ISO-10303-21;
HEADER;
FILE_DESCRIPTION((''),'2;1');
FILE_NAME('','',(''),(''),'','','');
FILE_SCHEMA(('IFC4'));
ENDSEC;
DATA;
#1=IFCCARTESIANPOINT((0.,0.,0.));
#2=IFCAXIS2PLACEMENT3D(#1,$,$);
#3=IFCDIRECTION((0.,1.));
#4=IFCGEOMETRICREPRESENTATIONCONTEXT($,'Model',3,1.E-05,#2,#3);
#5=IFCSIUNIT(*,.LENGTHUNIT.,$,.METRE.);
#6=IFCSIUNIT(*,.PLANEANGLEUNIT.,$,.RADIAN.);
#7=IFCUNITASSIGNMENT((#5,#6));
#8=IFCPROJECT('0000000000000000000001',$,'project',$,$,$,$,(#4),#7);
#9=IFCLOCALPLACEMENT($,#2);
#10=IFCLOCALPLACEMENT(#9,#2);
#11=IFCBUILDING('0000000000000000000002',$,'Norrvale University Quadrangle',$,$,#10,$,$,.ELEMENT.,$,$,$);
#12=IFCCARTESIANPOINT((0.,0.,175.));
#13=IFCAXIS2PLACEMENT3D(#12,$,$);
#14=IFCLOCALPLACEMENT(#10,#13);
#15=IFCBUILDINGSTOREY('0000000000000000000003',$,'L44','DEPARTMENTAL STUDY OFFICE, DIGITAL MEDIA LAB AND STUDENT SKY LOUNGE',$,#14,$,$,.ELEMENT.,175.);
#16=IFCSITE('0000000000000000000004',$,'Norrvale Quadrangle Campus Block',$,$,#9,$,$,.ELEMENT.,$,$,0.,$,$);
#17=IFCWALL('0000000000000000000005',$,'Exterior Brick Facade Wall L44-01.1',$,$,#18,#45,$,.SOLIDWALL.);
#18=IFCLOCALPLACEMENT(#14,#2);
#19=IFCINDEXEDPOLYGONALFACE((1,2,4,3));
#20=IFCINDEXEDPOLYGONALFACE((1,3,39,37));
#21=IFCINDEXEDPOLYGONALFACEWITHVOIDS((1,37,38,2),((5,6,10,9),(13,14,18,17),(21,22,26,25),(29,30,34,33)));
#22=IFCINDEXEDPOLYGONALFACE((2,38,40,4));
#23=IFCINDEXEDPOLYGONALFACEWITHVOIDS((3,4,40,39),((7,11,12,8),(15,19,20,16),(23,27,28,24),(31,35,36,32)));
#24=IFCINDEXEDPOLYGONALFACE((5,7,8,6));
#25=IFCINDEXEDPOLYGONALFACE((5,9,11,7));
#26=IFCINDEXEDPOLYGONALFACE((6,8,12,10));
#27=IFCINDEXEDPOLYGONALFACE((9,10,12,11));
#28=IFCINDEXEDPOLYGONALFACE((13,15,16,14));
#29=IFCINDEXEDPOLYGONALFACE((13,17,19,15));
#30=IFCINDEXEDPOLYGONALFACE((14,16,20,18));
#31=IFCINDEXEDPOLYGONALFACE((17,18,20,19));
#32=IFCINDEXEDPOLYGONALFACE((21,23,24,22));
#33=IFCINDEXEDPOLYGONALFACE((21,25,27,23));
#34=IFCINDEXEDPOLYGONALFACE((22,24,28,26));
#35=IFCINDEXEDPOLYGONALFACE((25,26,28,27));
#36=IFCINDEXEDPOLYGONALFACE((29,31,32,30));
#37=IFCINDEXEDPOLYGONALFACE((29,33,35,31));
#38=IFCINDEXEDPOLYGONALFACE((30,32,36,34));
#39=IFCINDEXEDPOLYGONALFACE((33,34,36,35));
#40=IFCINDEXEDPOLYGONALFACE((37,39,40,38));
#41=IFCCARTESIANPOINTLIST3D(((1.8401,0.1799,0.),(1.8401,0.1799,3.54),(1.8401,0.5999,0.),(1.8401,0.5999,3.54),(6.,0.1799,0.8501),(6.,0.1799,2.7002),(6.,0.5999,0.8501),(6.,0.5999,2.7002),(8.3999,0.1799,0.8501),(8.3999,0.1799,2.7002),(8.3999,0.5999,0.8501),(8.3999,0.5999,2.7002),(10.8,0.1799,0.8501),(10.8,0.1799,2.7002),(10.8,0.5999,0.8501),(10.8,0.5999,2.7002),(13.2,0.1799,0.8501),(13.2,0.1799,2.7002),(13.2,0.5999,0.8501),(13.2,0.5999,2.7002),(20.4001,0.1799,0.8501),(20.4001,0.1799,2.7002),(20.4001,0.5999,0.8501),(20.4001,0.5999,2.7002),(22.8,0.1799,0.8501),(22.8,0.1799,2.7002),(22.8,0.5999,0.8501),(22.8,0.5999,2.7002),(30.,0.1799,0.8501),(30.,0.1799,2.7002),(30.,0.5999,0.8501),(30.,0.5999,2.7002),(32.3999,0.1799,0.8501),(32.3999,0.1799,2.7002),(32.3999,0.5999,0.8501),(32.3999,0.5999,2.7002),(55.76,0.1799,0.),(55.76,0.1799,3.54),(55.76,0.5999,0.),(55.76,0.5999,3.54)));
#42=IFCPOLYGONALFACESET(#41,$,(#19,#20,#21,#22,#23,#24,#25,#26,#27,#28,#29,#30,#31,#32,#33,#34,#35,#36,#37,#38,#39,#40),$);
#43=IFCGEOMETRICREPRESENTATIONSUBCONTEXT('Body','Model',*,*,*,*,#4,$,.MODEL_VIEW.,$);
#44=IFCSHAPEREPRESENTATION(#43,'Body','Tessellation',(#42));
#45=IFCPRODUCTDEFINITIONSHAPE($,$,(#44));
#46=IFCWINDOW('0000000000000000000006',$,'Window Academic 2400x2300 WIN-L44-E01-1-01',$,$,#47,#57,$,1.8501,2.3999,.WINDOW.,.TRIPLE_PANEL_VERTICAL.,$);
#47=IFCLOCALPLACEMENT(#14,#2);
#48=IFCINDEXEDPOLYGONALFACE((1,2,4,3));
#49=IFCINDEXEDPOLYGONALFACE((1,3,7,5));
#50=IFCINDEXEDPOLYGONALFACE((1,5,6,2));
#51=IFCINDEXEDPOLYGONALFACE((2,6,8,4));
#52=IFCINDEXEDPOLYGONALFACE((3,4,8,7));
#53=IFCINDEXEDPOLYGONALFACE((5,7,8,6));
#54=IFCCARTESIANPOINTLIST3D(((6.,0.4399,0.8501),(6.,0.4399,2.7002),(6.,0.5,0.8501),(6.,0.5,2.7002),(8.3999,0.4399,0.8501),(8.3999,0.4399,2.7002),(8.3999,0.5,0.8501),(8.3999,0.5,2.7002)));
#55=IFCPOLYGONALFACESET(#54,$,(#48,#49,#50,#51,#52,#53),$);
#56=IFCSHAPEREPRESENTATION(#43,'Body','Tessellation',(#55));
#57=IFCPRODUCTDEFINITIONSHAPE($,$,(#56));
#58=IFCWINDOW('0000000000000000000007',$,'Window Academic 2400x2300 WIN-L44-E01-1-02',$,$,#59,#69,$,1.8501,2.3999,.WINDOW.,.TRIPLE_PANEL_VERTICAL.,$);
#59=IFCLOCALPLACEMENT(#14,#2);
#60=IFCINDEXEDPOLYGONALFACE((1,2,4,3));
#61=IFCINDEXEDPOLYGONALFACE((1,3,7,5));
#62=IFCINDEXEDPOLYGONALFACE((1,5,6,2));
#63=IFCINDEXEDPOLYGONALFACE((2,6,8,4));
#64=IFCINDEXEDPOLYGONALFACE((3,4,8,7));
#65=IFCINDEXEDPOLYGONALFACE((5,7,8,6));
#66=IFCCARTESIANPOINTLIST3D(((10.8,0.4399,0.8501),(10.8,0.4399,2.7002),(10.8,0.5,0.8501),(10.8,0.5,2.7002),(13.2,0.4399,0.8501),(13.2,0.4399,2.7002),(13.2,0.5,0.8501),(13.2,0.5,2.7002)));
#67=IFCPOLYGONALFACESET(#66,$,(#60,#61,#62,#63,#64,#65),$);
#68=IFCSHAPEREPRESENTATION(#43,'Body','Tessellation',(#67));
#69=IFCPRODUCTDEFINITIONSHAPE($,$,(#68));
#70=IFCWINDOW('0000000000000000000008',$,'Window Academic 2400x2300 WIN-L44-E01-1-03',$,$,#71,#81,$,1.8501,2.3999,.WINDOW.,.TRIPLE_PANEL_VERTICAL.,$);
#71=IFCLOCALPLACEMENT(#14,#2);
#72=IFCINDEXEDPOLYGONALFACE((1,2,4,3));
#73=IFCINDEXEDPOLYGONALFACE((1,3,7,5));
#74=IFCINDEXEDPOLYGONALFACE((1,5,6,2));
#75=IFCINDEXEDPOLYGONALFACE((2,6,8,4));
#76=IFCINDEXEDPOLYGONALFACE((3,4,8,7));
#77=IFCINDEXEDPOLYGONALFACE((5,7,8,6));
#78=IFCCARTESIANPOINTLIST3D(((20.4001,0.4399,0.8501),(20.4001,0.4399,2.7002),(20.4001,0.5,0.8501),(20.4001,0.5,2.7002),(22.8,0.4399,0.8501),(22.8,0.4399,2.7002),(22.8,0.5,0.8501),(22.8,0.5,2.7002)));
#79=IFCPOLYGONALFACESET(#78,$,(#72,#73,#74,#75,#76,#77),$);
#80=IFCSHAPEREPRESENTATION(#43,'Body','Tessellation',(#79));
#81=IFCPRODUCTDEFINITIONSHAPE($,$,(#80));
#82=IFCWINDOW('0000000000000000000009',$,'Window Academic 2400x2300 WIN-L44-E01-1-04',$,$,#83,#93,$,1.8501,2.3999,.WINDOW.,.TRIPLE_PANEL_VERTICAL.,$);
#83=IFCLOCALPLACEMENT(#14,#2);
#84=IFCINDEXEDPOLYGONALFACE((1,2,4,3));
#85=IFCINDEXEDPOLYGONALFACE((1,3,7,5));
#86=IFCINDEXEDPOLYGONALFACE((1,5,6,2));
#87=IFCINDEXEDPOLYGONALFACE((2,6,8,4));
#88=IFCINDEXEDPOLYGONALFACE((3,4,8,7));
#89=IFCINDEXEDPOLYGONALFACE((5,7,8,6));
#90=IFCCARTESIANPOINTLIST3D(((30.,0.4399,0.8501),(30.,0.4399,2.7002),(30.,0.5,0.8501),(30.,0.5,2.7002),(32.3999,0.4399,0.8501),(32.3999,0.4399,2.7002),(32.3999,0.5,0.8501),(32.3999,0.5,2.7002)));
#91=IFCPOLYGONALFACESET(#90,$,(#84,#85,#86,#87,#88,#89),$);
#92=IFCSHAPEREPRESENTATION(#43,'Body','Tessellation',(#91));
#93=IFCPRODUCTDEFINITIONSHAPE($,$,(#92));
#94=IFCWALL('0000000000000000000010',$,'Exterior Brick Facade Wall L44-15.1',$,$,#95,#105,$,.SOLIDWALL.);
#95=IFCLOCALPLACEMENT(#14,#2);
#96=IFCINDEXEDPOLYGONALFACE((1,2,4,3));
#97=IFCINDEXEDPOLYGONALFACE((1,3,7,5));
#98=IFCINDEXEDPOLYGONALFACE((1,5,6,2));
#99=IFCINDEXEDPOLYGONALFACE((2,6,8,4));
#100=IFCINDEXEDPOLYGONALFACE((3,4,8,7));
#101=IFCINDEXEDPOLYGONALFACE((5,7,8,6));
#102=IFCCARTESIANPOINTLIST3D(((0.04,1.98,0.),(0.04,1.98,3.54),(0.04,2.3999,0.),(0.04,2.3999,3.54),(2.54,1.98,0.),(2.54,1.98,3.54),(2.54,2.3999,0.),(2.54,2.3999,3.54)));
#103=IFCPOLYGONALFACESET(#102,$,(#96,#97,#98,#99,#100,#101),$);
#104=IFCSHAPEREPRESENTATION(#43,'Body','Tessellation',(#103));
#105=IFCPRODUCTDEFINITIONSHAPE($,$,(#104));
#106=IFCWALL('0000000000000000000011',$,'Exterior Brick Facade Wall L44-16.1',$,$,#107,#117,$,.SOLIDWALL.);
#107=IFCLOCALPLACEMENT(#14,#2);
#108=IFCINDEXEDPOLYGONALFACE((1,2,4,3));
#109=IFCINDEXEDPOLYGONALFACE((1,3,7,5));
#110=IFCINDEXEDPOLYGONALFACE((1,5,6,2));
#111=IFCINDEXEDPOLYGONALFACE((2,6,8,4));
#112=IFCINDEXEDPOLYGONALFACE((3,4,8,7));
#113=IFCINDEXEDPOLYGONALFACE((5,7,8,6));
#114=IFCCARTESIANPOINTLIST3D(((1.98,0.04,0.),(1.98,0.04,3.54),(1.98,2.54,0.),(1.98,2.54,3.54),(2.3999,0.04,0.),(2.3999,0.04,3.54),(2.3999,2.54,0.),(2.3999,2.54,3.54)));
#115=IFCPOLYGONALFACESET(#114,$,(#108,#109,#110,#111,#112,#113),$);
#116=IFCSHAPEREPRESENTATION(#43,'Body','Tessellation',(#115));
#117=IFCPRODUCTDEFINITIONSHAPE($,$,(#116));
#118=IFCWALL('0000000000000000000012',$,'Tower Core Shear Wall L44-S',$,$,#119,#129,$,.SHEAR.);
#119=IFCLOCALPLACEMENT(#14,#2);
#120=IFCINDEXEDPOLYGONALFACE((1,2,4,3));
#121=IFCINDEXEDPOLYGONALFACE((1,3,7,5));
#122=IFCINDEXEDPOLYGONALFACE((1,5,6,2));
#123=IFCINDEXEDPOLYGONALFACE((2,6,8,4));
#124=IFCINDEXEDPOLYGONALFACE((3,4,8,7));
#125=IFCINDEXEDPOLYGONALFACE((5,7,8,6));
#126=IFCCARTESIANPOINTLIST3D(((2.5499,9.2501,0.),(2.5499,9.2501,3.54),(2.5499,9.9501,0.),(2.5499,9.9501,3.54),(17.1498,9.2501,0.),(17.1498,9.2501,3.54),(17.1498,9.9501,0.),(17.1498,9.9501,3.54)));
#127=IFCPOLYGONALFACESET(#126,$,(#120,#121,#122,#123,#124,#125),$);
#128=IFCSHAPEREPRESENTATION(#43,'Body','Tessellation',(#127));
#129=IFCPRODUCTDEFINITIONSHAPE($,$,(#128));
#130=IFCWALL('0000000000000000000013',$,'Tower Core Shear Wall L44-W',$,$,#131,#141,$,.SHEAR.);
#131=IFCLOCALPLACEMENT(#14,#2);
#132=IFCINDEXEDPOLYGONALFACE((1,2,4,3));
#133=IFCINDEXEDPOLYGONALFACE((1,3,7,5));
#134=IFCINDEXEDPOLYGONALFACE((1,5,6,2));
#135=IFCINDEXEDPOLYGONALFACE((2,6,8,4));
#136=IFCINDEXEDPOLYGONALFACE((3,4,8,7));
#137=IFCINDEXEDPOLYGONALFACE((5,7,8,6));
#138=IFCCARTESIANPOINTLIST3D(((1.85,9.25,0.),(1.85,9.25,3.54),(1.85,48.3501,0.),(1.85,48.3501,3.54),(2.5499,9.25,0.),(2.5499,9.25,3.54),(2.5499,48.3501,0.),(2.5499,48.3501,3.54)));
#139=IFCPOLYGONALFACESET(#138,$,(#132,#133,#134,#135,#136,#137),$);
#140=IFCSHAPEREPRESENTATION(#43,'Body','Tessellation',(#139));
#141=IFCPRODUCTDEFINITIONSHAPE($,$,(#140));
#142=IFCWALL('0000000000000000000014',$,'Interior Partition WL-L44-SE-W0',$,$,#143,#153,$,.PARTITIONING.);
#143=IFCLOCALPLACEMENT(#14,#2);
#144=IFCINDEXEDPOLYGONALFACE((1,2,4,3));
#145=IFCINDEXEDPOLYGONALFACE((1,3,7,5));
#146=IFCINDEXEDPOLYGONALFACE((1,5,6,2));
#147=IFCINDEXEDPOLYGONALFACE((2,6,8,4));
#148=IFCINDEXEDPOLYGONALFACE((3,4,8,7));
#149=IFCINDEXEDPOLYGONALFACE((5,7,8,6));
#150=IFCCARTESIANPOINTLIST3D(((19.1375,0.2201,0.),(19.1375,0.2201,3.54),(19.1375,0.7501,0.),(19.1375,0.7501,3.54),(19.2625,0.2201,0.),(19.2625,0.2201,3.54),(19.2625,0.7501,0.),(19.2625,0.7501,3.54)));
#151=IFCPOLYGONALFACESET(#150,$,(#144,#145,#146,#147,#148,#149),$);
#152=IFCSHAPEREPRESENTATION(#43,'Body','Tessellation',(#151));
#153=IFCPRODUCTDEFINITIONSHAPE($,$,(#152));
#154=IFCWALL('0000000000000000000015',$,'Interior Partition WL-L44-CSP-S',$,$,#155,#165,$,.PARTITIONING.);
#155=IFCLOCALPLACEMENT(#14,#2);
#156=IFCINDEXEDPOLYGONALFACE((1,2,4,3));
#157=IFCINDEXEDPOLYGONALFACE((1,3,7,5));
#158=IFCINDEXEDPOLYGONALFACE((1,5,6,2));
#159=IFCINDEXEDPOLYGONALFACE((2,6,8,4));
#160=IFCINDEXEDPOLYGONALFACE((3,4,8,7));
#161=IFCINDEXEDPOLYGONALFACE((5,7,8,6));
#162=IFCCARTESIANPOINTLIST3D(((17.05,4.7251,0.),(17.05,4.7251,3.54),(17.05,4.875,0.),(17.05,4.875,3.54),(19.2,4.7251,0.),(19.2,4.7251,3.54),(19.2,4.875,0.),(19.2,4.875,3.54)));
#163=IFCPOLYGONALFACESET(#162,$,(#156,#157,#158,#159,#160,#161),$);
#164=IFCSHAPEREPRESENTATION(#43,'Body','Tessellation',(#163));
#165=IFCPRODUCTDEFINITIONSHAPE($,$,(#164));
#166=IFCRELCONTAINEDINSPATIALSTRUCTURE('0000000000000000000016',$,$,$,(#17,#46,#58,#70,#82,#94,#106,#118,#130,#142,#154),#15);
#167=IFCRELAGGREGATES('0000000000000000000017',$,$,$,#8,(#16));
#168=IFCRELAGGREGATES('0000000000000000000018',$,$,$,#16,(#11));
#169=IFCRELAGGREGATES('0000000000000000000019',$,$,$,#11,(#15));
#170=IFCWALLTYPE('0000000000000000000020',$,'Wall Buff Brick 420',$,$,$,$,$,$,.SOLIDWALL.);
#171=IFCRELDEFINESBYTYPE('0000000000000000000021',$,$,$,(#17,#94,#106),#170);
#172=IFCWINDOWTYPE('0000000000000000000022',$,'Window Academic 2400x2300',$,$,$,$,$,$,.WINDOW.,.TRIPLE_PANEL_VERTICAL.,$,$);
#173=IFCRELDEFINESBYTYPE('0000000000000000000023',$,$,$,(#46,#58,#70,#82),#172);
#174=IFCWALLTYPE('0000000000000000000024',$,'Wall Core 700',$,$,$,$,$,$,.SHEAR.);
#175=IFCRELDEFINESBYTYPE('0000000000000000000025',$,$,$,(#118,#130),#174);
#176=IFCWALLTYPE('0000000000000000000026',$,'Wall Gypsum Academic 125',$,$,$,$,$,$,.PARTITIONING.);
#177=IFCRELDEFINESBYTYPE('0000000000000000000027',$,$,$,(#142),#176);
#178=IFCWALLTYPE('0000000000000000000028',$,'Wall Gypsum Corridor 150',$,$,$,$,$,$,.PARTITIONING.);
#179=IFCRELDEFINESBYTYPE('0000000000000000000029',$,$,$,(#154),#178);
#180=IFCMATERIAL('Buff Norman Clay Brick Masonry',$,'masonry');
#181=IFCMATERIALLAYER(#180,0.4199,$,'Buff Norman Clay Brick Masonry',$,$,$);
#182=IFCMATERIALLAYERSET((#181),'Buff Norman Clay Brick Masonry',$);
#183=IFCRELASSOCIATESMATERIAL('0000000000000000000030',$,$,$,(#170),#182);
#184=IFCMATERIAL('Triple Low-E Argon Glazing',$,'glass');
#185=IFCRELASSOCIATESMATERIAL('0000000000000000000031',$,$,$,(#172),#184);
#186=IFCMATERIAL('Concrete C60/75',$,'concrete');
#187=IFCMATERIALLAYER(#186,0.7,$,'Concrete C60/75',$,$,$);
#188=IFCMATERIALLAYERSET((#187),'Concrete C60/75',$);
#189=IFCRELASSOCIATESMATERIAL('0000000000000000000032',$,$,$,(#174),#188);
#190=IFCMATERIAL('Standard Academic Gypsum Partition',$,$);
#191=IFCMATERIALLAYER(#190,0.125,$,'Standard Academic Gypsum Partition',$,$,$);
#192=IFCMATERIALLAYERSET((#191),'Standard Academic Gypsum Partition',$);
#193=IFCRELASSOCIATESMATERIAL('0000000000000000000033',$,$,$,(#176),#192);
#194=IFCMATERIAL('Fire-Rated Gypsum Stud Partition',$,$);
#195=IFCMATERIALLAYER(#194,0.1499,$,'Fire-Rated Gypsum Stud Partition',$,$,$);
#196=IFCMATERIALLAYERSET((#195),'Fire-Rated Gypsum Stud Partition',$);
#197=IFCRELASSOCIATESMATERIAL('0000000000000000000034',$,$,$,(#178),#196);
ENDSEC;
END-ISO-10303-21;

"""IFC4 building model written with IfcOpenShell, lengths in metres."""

from ifc_helpers import new_model, si_unit, direction, frame, frame_2d, origin, place, context, subcontext, project, spatial, rectangle, extrude, material, layer, layer_set, type_object, element, fill, save


model = new_model("IFC4")

# Units and contexts
model_context = context("Model", 3, precision=1e-05, world=origin(), true_north=direction((0.0, 1.0)))
body_context = subcontext(model_context, "Body", "Model", "MODEL_VIEW")
ifc_project = project(units=[si_unit("LENGTHUNIT", "METRE"), si_unit("PLANEANGLEUNIT", "RADIAN")], contexts=[model_context])

# Site, building, storey
site_placement = place(None, origin())
site = spatial("IfcSite", under=ifc_project, at=site_placement, Name="Norrvale Quadrangle Campus Block", CompositionType="ELEMENT", RefElevation=0.0)
building_placement = place(site_placement, origin())
building = spatial("IfcBuilding", under=site, at=building_placement, Name="Norrvale University Quadrangle", CompositionType="ELEMENT")
storey_placement = place(building_placement, frame((0.0, 0.0, 175.0)))
storey = spatial("IfcBuildingStorey", under=building, at=storey_placement, Name="L44", Description="DEPARTMENTAL STUDY OFFICE, DIGITAL MEDIA LAB AND STUDENT SKY LOUNGE", CompositionType="ELEMENT", Elevation=175.0)

# Shared definitions
ifc_material_1 = material(Name="Concrete C60/75", Category="concrete")

# Wall, openings, windows
ifc_material_2 = material(Name="Buff Norman Clay Brick Masonry", Category="masonry")
ifc_layer_1 = layer(ifc_material_2, 0.4199, Name="Buff Norman Clay Brick Masonry")
ifc_layer_set_1 = layer_set([ifc_layer_1], Name="Buff Norman Clay Brick Masonry")
wall_type_1 = type_object("IfcWallType", Name="Wall Buff Brick 420", PredefinedType="SOLIDWALL", material=ifc_layer_set_1)
wall_1_placement = place(storey_placement, frame((1.8401, 0.3899, 0.0), z_axis=(0.0, 0.0, 1.0), x_axis=(1.0, 0.0, 0.0)))
wall_1 = element("IfcWall", 1, at=wall_1_placement, inside=storey, type_object=wall_type_1, Name="Exterior Brick Facade Wall L44-01.1", PredefinedType="SOLIDWALL", context=body_context, shape_type="SweptSolid", body=[
    extrude(rectangle(XDim=53.9199, YDim=0.4199, at=frame_2d((26.96, 0.0))), origin(), (0.0, 0.0, 1.0), 3.54),
])
opening_1_placement = place(wall_1_placement, frame((4.1599, 0.0, 0.8501)))
opening_1 = element("IfcOpeningElement", 2, at=opening_1_placement, cuts=wall_1, PredefinedType="OPENING", context=body_context, shape_type="SweptSolid", body=[
    extrude(rectangle(XDim=2.3999, YDim=1.8501, at=frame_2d((1.2, 0.925))), frame((0.0, 0.2219, 0.0), z_axis=(0.0, -1.0, 0.0), x_axis=(1.0, 0.0, 0.0)), (0.0, 0.0, 1.0), 0.4438),
])
opening_2_placement = place(wall_1_placement, frame((8.96, 0.0, 0.8501)))
opening_2 = element("IfcOpeningElement", 3, at=opening_2_placement, cuts=wall_1, PredefinedType="OPENING", context=body_context, shape_type="SweptSolid", body=[
    extrude(rectangle(XDim=2.3999, YDim=1.8501, at=frame_2d((1.2, 0.925))), frame((0.0, 0.2219, 0.0), z_axis=(0.0, -1.0, 0.0), x_axis=(1.0, 0.0, 0.0)), (0.0, 0.0, 1.0), 0.4438),
])
opening_3_placement = place(wall_1_placement, frame((18.5601, 0.0, 0.8501)))
opening_3 = element("IfcOpeningElement", 4, at=opening_3_placement, cuts=wall_1, PredefinedType="OPENING", context=body_context, shape_type="SweptSolid", body=[
    extrude(rectangle(XDim=2.3999, YDim=1.8501, at=frame_2d((1.2, 0.925))), frame((0.0, 0.2219, 0.0), z_axis=(0.0, -1.0, 0.0), x_axis=(1.0, 0.0, 0.0)), (0.0, 0.0, 1.0), 0.4438),
])
opening_4_placement = place(wall_1_placement, frame((28.1599, 0.0, 0.8501)))
opening_4 = element("IfcOpeningElement", 5, at=opening_4_placement, cuts=wall_1, PredefinedType="OPENING", context=body_context, shape_type="SweptSolid", body=[
    extrude(rectangle(XDim=2.3999, YDim=1.8501, at=frame_2d((1.2, 0.925))), frame((0.0, 0.2219, 0.0), z_axis=(0.0, -1.0, 0.0), x_axis=(1.0, 0.0, 0.0)), (0.0, 0.0, 1.0), 0.4438),
])
ifc_material_3 = material(Name="Triple Low-E Argon Glazing", Category="glass")
window_type = type_object("IfcWindowType", Name="Window Academic 2400x2300", PartitioningType="TRIPLE_PANEL_VERTICAL", PredefinedType="WINDOW", material=ifc_material_3)
window_1_placement = place(opening_1_placement, origin())
window_1 = element("IfcWindow", 6, at=window_1_placement, inside=storey, type_object=window_type, Name="Window Academic 2400x2300 WIN-L44-E01-1-01", OverallHeight=1.8501, OverallWidth=2.3999, PartitioningType="TRIPLE_PANEL_VERTICAL", PredefinedType="WINDOW", context=body_context, shape_type="SweptSolid", body=[
    extrude(rectangle(XDim=2.3999, YDim=1.8501, at=frame_2d((1.2, 0.925))), frame((0.0, 0.1101, 0.0), z_axis=(0.0, -1.0, 0.0), x_axis=(1.0, 0.0, 0.0)), (0.0, 0.0, 1.0), 0.0601),
])
fill(opening_1, window_1)
window_2_placement = place(opening_2_placement, origin())
window_2 = element("IfcWindow", 7, at=window_2_placement, inside=storey, type_object=window_type, Name="Window Academic 2400x2300 WIN-L44-E01-1-02", OverallHeight=1.8501, OverallWidth=2.3999, PartitioningType="TRIPLE_PANEL_VERTICAL", PredefinedType="WINDOW", context=body_context, shape_type="SweptSolid", body=[
    extrude(rectangle(XDim=2.3999, YDim=1.8501, at=frame_2d((1.2, 0.925))), frame((0.0, 0.1101, 0.0), z_axis=(0.0, -1.0, 0.0), x_axis=(1.0, 0.0, 0.0)), (0.0, 0.0, 1.0), 0.0601),
])
fill(opening_2, window_2)
window_3_placement = place(opening_3_placement, origin())
window_3 = element("IfcWindow", 8, at=window_3_placement, inside=storey, type_object=window_type, Name="Window Academic 2400x2300 WIN-L44-E01-1-03", OverallHeight=1.8501, OverallWidth=2.3999, PartitioningType="TRIPLE_PANEL_VERTICAL", PredefinedType="WINDOW", context=body_context, shape_type="SweptSolid", body=[
    extrude(rectangle(XDim=2.3999, YDim=1.8501, at=frame_2d((1.2, 0.925))), frame((0.0, 0.1101, 0.0), z_axis=(0.0, -1.0, 0.0), x_axis=(1.0, 0.0, 0.0)), (0.0, 0.0, 1.0), 0.0601),
])
fill(opening_3, window_3)
window_4_placement = place(opening_4_placement, origin())
window_4 = element("IfcWindow", 9, at=window_4_placement, inside=storey, type_object=window_type, Name="Window Academic 2400x2300 WIN-L44-E01-1-04", OverallHeight=1.8501, OverallWidth=2.3999, PartitioningType="TRIPLE_PANEL_VERTICAL", PredefinedType="WINDOW", context=body_context, shape_type="SweptSolid", body=[
    extrude(rectangle(XDim=2.3999, YDim=1.8501, at=frame_2d((1.2, 0.925))), frame((0.0, 0.1101, 0.0), z_axis=(0.0, -1.0, 0.0), x_axis=(1.0, 0.0, 0.0)), (0.0, 0.0, 1.0), 0.0601),
])
fill(opening_4, window_4)

# Walls
for number, where, z_axis, x_axis, name in (
    (10, (0.04, 2.1899, 0.0), (0.0, 0.0, 1.0), (1.0, 0.0, 0.0), "Exterior Brick Facade Wall L44-15.1"),
    (11, (2.1899, 2.54, 0.0), (0.0, 0.0, 1.0), (0.0, -1.0, 0.0), "Exterior Brick Facade Wall L44-16.1"),
):
    element("IfcWall", number, at=place(storey_placement, frame(where, z_axis=z_axis, x_axis=x_axis)), inside=storey, type_object=wall_type_1, Name=name, PredefinedType="SOLIDWALL", context=body_context, shape_type="SweptSolid", body=[
        extrude(rectangle(XDim=2.5, YDim=0.4199, at=frame_2d((1.25, 0.0))), origin(), (0.0, 0.0, 1.0), 3.54),
    ])
ifc_layer_2 = layer(ifc_material_1, 0.7, Name="Concrete C60/75")
ifc_layer_set_2 = layer_set([ifc_layer_2], Name="Concrete C60/75")
wall_type_2 = type_object("IfcWallType", Name="Wall Core 700", PredefinedType="SHEAR", material=ifc_layer_set_2)
wall_2_placement = place(storey_placement, frame((2.55, 9.6001, 0.0), z_axis=(0.0, 0.0, 1.0), x_axis=(1.0, 0.0, 0.0)))
element("IfcWall", 12, at=wall_2_placement, inside=storey, type_object=wall_type_2, Name="Tower Core Shear Wall L44-S", PredefinedType="SHEAR", context=body_context, shape_type="SweptSolid", body=[
    extrude(rectangle(XDim=14.5999, YDim=0.7, at=frame_2d((7.2998, 0.0))), origin(), (0.0, 0.0, 1.0), 3.54),
])
wall_3_placement = place(storey_placement, frame((2.2, 9.25, 0.0), z_axis=(0.0, 0.0, 1.0), x_axis=(0.0, 1.0, 0.0)))
element("IfcWall", 13, at=wall_3_placement, inside=storey, type_object=wall_type_2, Name="Tower Core Shear Wall L44-W", PredefinedType="SHEAR", context=body_context, shape_type="SweptSolid", body=[
    extrude(rectangle(XDim=39.1001, YDim=0.7, at=frame_2d((19.55, 0.0))), origin(), (0.0, 0.0, 1.0), 3.54),
])
ifc_material_4 = material(Name="Standard Academic Gypsum Partition")
ifc_layer_3 = layer(ifc_material_4, 0.125, Name="Standard Academic Gypsum Partition")
ifc_layer_set_3 = layer_set([ifc_layer_3], Name="Standard Academic Gypsum Partition")
wall_type_3 = type_object("IfcWallType", Name="Wall Gypsum Academic 125", PredefinedType="PARTITIONING", material=ifc_layer_set_3)
wall_4_placement = place(storey_placement, frame((19.2, 0.22, 0.0), z_axis=(0.0, 0.0, 1.0), x_axis=(0.0, 1.0, 0.0)))
element("IfcWall", 14, at=wall_4_placement, inside=storey, type_object=wall_type_3, Name="Interior Partition WL-L44-SE-W0", PredefinedType="PARTITIONING", context=body_context, shape_type="SweptSolid", body=[
    extrude(rectangle(XDim=0.53, YDim=0.125, at=frame_2d((0.2651, 0.0))), origin(), (0.0, 0.0, 1.0), 3.54),
])
ifc_material_5 = material(Name="Fire-Rated Gypsum Stud Partition")
ifc_layer_4 = layer(ifc_material_5, 0.1499, Name="Fire-Rated Gypsum Stud Partition")
ifc_layer_set_4 = layer_set([ifc_layer_4], Name="Fire-Rated Gypsum Stud Partition")
wall_type_4 = type_object("IfcWallType", Name="Wall Gypsum Corridor 150", PredefinedType="PARTITIONING", material=ifc_layer_set_4)
wall_5_placement = place(storey_placement, frame((17.05, 4.8, 0.0), z_axis=(0.0, 0.0, 1.0), x_axis=(1.0, 0.0, 0.0)))
element("IfcWall", 15, at=wall_5_placement, inside=storey, type_object=wall_type_4, Name="Interior Partition WL-L44-CSP-S", PredefinedType="PARTITIONING", context=body_context, shape_type="SweptSolid", body=[
    extrude(rectangle(XDim=2.1499, YDim=0.1499, at=frame_2d((1.075, 0.0))), origin(), (0.0, 0.0, 1.0), 3.54),
])

save(model, "model.ifc")
